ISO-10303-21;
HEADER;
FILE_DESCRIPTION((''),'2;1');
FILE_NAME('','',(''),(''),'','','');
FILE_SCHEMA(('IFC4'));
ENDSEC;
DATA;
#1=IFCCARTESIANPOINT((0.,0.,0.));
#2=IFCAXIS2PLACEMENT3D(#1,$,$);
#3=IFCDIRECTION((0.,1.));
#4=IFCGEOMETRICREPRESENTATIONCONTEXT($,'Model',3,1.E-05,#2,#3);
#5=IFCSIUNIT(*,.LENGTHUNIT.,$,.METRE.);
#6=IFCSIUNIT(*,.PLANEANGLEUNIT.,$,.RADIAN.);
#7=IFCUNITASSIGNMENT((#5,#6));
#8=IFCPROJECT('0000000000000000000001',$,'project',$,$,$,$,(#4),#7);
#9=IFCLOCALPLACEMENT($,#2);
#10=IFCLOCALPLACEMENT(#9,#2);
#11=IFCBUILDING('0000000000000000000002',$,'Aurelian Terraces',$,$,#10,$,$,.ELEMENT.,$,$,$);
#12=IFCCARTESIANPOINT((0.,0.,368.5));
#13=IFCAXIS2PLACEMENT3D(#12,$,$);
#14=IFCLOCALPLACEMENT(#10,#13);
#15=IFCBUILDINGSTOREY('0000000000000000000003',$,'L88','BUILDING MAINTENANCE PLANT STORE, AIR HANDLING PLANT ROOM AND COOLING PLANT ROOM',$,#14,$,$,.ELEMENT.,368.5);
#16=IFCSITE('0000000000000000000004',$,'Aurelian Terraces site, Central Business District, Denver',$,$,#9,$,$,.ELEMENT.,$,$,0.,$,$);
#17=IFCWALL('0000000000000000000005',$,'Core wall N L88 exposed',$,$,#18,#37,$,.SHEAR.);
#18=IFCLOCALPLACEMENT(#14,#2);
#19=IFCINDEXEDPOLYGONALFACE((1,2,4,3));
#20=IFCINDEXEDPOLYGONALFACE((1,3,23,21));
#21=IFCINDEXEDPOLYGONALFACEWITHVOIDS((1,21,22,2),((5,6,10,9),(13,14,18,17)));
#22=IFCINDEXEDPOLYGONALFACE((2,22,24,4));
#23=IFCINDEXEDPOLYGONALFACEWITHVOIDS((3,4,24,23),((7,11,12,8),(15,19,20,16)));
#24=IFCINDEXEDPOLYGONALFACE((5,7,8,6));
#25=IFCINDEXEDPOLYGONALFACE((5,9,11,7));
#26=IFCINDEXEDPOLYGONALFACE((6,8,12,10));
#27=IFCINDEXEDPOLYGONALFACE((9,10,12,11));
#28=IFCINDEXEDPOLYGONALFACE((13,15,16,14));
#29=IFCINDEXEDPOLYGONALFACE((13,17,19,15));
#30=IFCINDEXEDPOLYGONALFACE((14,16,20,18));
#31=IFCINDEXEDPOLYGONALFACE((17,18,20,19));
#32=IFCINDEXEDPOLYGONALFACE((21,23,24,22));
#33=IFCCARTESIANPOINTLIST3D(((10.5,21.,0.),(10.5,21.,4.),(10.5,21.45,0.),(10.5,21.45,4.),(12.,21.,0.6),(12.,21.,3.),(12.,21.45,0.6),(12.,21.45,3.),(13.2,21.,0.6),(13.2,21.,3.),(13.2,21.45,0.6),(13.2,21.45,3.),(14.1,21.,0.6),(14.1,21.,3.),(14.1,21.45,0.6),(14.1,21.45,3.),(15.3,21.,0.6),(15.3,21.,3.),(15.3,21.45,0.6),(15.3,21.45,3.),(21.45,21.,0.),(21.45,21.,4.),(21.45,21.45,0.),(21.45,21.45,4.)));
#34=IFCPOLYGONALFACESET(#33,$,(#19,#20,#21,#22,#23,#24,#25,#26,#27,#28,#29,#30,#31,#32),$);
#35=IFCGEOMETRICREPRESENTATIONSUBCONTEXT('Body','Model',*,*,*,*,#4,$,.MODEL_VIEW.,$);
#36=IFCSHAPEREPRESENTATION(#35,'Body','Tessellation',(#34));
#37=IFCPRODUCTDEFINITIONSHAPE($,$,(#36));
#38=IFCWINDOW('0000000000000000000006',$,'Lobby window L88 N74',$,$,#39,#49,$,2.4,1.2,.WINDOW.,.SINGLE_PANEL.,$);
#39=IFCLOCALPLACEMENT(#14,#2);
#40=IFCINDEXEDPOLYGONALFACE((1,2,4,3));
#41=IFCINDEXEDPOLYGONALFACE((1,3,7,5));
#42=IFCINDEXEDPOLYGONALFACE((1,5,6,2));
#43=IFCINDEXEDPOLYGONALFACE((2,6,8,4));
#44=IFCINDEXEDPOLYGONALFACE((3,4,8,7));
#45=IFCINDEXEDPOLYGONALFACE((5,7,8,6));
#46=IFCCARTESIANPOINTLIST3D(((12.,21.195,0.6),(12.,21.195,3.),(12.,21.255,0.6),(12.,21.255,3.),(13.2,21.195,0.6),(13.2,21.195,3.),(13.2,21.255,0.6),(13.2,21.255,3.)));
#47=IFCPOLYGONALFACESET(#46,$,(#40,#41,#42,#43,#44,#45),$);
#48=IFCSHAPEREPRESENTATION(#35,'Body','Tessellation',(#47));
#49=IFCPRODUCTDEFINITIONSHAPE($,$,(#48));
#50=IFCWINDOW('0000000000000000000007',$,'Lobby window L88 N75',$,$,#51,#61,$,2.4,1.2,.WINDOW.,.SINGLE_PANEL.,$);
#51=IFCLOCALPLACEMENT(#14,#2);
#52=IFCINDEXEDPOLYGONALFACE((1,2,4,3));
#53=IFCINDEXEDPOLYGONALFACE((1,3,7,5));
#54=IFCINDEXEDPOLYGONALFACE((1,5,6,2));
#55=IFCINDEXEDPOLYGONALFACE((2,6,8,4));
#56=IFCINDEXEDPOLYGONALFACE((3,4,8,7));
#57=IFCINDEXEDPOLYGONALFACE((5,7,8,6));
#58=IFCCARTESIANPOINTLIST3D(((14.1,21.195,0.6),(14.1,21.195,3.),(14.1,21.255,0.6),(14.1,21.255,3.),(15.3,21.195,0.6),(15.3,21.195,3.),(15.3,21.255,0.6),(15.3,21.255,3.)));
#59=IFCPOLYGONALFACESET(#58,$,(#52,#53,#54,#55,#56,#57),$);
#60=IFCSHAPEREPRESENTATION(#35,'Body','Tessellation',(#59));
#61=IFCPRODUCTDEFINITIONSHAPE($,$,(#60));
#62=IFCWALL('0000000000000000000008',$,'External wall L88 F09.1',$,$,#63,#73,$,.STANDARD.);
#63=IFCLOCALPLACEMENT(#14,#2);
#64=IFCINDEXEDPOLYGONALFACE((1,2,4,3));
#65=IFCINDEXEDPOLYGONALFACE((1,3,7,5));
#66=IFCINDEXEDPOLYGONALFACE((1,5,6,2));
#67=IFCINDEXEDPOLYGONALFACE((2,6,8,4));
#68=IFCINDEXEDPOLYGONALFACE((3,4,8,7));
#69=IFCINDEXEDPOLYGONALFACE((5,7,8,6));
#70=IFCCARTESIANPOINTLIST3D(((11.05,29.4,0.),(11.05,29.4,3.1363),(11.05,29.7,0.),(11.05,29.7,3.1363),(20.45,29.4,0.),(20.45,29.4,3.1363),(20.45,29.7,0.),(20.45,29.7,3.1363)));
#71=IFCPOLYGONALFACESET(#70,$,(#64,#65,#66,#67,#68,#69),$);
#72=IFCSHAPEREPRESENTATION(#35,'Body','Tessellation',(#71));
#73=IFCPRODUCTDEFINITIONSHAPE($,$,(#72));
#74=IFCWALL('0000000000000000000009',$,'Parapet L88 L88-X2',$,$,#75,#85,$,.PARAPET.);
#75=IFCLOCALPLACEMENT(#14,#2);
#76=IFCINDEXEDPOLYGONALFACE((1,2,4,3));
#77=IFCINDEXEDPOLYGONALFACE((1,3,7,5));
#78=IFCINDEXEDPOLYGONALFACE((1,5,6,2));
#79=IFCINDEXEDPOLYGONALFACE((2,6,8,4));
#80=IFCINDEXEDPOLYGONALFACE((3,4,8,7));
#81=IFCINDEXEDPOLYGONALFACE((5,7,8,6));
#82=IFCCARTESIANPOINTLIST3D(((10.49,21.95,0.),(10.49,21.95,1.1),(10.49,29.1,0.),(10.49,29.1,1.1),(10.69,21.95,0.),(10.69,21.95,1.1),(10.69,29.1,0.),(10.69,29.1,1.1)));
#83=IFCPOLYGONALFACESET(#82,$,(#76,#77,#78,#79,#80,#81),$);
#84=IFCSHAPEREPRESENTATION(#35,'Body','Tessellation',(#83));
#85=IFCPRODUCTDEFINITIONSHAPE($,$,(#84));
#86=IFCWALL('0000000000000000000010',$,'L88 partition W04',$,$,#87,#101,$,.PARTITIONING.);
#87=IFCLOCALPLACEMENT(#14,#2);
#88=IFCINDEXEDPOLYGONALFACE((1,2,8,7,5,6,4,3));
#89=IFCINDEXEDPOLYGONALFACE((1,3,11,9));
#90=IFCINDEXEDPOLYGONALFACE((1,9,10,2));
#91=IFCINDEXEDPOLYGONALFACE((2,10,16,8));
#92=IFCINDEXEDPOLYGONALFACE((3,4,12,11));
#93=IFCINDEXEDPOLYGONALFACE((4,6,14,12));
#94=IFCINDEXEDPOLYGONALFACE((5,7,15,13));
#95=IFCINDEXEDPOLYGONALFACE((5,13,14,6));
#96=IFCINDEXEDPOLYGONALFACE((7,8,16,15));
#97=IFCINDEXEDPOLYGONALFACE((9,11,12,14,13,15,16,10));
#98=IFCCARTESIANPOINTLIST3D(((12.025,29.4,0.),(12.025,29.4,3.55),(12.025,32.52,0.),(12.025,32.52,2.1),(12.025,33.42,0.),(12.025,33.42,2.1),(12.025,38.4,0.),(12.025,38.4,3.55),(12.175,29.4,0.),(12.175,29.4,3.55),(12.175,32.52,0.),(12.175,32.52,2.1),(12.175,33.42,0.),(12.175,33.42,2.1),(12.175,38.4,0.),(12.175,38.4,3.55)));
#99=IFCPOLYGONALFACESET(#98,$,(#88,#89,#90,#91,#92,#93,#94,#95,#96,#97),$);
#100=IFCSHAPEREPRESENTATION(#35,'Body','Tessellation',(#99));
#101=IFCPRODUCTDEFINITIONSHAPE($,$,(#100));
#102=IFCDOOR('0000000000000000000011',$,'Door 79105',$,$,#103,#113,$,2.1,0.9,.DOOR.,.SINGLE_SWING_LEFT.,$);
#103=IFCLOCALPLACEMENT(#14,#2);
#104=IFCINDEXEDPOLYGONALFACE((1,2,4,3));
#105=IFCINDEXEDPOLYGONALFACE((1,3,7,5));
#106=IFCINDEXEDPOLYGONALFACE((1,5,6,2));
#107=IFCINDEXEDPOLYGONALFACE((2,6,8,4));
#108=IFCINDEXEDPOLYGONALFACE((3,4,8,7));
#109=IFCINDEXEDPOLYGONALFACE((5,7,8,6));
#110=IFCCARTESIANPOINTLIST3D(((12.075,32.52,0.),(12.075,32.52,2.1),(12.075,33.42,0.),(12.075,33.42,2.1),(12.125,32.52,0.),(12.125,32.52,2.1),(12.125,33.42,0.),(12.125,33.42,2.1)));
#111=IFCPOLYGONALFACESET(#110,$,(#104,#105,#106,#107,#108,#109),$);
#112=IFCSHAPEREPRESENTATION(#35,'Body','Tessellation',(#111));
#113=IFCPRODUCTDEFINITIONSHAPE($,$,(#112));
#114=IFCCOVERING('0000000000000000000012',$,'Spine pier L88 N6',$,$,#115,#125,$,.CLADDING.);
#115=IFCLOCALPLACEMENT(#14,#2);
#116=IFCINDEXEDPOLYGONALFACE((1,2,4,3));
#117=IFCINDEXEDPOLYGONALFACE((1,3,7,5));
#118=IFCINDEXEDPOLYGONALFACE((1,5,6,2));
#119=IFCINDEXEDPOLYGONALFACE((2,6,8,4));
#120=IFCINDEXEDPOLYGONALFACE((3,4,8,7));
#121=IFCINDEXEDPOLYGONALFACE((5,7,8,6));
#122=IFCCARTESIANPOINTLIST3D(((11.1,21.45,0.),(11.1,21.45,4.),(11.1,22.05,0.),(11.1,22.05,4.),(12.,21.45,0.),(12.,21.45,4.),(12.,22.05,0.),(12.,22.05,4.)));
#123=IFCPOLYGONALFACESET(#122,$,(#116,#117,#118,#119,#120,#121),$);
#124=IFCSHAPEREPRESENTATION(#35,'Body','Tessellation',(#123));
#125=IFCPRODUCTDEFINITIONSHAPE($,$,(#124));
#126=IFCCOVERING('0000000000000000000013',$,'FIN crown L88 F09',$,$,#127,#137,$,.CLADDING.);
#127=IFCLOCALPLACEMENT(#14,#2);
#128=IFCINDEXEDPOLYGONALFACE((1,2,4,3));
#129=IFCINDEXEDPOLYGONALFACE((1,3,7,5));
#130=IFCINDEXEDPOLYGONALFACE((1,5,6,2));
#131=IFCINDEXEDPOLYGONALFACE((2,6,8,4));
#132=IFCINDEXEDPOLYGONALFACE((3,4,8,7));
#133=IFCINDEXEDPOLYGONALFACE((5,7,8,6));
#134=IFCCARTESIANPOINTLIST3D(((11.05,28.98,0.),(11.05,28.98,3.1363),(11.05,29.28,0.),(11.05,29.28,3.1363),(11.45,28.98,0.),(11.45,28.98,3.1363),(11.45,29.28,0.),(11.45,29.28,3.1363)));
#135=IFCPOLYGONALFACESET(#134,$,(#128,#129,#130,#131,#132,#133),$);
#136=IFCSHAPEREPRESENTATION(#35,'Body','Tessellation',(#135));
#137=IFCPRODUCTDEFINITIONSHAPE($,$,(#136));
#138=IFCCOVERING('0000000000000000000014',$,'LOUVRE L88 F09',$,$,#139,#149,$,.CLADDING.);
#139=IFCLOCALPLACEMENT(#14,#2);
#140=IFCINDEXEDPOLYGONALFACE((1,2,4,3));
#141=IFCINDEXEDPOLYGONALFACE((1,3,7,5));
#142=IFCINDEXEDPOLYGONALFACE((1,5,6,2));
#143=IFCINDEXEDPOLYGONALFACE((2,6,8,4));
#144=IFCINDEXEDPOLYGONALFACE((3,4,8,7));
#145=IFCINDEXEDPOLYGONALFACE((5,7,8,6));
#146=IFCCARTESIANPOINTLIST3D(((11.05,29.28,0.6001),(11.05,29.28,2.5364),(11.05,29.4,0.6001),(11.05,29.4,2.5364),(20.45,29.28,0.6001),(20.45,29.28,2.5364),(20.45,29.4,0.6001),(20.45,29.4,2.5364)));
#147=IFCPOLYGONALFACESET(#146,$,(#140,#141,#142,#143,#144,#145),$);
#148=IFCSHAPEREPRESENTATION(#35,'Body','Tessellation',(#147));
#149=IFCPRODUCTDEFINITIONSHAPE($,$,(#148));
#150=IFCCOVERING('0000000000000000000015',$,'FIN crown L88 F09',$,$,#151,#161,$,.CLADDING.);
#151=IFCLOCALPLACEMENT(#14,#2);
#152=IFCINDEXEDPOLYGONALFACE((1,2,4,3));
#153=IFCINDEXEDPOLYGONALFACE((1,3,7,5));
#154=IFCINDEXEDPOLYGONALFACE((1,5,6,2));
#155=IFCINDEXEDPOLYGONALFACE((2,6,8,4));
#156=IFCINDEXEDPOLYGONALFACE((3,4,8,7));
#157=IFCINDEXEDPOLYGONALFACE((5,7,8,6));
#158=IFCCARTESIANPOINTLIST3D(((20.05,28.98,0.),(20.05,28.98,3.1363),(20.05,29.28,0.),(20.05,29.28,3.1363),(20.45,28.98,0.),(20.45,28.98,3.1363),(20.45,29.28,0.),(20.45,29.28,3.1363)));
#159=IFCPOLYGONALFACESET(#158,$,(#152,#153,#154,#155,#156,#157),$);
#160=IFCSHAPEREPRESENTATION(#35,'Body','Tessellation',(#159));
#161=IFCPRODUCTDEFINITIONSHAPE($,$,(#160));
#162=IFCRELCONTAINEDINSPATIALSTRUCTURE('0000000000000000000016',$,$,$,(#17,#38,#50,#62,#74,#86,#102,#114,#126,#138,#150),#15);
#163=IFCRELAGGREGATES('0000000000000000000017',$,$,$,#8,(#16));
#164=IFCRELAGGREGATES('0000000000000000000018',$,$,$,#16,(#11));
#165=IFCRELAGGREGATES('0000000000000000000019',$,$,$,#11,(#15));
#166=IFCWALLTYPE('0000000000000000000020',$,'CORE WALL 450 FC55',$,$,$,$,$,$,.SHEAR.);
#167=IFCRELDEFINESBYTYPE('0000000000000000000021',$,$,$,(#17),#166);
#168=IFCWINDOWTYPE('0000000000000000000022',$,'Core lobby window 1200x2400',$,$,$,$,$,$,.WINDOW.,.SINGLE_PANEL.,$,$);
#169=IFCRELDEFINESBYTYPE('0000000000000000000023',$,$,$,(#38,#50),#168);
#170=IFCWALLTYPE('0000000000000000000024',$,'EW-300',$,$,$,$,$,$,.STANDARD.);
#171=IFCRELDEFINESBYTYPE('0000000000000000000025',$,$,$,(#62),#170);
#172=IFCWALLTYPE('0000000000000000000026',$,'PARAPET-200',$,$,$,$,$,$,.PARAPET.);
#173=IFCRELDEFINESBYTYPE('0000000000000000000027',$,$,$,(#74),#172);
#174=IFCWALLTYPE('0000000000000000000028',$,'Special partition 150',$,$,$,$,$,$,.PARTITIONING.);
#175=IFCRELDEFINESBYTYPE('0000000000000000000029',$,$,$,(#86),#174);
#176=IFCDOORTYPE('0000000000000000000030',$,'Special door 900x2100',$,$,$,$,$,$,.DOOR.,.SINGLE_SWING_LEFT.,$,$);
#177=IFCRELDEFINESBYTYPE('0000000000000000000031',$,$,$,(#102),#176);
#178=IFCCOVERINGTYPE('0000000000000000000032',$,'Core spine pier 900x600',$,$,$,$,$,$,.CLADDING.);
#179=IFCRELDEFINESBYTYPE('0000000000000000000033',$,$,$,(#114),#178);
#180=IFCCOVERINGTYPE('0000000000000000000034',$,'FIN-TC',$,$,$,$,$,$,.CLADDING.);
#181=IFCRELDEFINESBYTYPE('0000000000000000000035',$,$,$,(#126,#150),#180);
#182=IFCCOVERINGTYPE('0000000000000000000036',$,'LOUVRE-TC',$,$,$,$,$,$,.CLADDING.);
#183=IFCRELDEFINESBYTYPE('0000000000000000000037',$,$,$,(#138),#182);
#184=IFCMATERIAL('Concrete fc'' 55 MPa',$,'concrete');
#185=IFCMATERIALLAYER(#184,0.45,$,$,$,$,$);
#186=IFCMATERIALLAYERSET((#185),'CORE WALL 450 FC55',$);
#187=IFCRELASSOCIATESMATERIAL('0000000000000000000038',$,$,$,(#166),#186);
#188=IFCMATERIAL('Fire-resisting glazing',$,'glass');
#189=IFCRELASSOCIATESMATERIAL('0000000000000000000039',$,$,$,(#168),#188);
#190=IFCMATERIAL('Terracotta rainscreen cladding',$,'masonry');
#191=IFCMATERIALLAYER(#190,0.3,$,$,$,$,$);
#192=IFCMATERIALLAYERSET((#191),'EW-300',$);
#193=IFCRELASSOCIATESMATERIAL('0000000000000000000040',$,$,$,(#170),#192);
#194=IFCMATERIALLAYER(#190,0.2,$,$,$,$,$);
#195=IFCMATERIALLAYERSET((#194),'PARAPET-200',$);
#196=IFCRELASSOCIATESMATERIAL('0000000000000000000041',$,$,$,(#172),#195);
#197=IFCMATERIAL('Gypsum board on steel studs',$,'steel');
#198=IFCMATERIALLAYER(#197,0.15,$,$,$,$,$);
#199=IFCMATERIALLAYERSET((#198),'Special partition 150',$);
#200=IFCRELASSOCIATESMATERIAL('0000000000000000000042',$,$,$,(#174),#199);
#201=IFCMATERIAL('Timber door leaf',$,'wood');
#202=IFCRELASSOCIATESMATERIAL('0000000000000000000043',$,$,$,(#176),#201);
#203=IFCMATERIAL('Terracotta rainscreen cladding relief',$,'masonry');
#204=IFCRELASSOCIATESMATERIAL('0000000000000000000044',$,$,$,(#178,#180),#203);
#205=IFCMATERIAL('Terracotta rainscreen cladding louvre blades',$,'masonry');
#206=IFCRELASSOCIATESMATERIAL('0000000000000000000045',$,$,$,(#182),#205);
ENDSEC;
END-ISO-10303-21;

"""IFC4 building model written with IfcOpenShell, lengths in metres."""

from ifc_helpers import new_model, si_unit, direction, frame, frame_2d, origin, origin_2d, place, context, subcontext, project, spatial, rectangle, extrude, source, transform, mapped, material, layer, layer_set, type_object, element, fill, save


model = new_model("IFC4")

# Units and contexts
model_context = context("Model", 3, precision=1e-05, world=origin(), true_north=direction((0.0, 1.0)))
body_context = subcontext(model_context, "Body", "Model", "MODEL_VIEW")
ifc_project = project(units=[si_unit("LENGTHUNIT", "METRE"), si_unit("PLANEANGLEUNIT", "RADIAN")], contexts=[model_context])

# Site, building, storey
site_placement = place(None, origin())
site = spatial("IfcSite", under=ifc_project, at=site_placement, Name="Aurelian Terraces site, Central Business District, Denver", CompositionType="ELEMENT", RefElevation=0.0)
building_placement = place(site_placement, origin())
building = spatial("IfcBuilding", under=site, at=building_placement, Name="Aurelian Terraces", CompositionType="ELEMENT")
storey_placement = place(building_placement, frame((0.0, 0.0, 368.5)))
storey = spatial("IfcBuildingStorey", under=building, at=storey_placement, Name="L88", Description="BUILDING MAINTENANCE PLANT STORE, AIR HANDLING PLANT ROOM AND COOLING PLANT ROOM", CompositionType="ELEMENT", Elevation=368.5)

# Shared definitions
ifc_material_1 = material(Name="Concrete fc' 55 MPa", Category="concrete")

# Wall, openings, windows
ifc_layer_1 = layer(ifc_material_1, 0.45)
ifc_layer_set_1 = layer_set([ifc_layer_1], Name="CORE WALL 450 FC55")
wall_type_1 = type_object("IfcWallType", Name="CORE WALL 450 FC55", PredefinedType="SHEAR", material=ifc_layer_set_1)
wall_1_placement = place(storey_placement, frame((10.5, 21.225, 0.0), z_axis=(0.0, 0.0, 1.0), x_axis=(1.0, 0.0, 0.0)))
wall_1 = element("IfcWall", 1, at=wall_1_placement, inside=storey, type_object=wall_type_1, Name="Core wall N L88 exposed", PredefinedType="SHEAR", context=body_context, shape_type="SweptSolid", body=[
    extrude(rectangle(XDim=10.95, YDim=0.45, at=frame_2d((5.475, 0.0))), origin(), (0.0, 0.0, 1.0), 4.0),
])
shared_shape_1 = source(origin(), body_context, "Body", "SweptSolid", [
    extrude(rectangle(XDim=1.2, YDim=2.4, at=frame_2d((0.6, 1.2))), frame((0.0, 0.235, 0.0), z_axis=(0.0, -1.0, 0.0), x_axis=(1.0, 0.0, 0.0)), (0.0, 0.0, 1.0), 0.47),
])
opening_1_placement = place(wall_1_placement, frame((1.5, 0.0, 0.6)))
opening_1 = element("IfcOpeningElement", 2, at=opening_1_placement, cuts=wall_1, PredefinedType="OPENING", context=body_context, shape_type="MappedRepresentation", body=[
    mapped(shared_shape_1, transform((0.0, 0.0, 0.0), scale=1.0)),
])
opening_2_placement = place(wall_1_placement, frame((3.6, 0.0, 0.6)))
opening_2 = element("IfcOpeningElement", 3, at=opening_2_placement, cuts=wall_1, PredefinedType="OPENING", context=body_context, shape_type="MappedRepresentation", body=[
    mapped(shared_shape_1, transform((0.0, 0.0, 0.0), scale=1.0)),
])
ifc_material_2 = material(Name="Fire-resisting glazing", Category="glass")
window_type = type_object("IfcWindowType", Name="Core lobby window 1200x2400", PartitioningType="SINGLE_PANEL", PredefinedType="WINDOW", material=ifc_material_2)
shared_shape_2 = source(origin(), body_context, "Body", "SweptSolid", [
    extrude(rectangle(XDim=1.2, YDim=2.4, at=frame_2d((0.6, 1.2))), frame((0.0, 0.03, 0.0), z_axis=(0.0, -1.0, 0.0), x_axis=(1.0, 0.0, 0.0)), (0.0, 0.0, 1.0), 0.06),
])
window_1_placement = place(opening_1_placement, origin())
window_1 = element("IfcWindow", 4, at=window_1_placement, inside=storey, type_object=window_type, Name="Lobby window L88 N74", OverallHeight=2.4, OverallWidth=1.2, PartitioningType="SINGLE_PANEL", PredefinedType="WINDOW", context=body_context, shape_type="MappedRepresentation", body=[
    mapped(shared_shape_2, transform((0.0, 0.0, 0.0), scale=1.0)),
])
fill(opening_1, window_1)
window_2_placement = place(opening_2_placement, origin())
window_2 = element("IfcWindow", 5, at=window_2_placement, inside=storey, type_object=window_type, Name="Lobby window L88 N75", OverallHeight=2.4, OverallWidth=1.2, PartitioningType="SINGLE_PANEL", PredefinedType="WINDOW", context=body_context, shape_type="MappedRepresentation", body=[
    mapped(shared_shape_2, transform((0.0, 0.0, 0.0), scale=1.0)),
])
fill(opening_2, window_2)

# Walls
ifc_material_3 = material(Name="Terracotta rainscreen cladding", Category="masonry")
ifc_layer_2 = layer(ifc_material_3, 0.3)
ifc_layer_set_2 = layer_set([ifc_layer_2], Name="EW-300")
wall_type_2 = type_object("IfcWallType", Name="EW-300", PredefinedType="STANDARD", material=ifc_layer_set_2)
shared_shape_3 = source(origin(), body_context, "Body", "SweptSolid", [
    extrude(rectangle(XDim=9.4, YDim=0.3, at=frame_2d((4.7, 0.0))), origin(), (0.0, 0.0, 1.0), 3.1363),
])
wall_2_placement = place(storey_placement, frame((11.05, 29.55, 0.0), z_axis=(0.0, 0.0, 1.0), x_axis=(1.0, 0.0, 0.0)))
element("IfcWall", 6, at=wall_2_placement, inside=storey, type_object=wall_type_2, Name="External wall L88 F09.1", PredefinedType="STANDARD", context=body_context, shape_type="MappedRepresentation", body=[
    mapped(shared_shape_3, transform((0.0, 0.0, 0.0), scale=1.0)),
])
ifc_layer_3 = layer(ifc_material_3, 0.2)
ifc_layer_set_3 = layer_set([ifc_layer_3], Name="PARAPET-200")
wall_type_3 = type_object("IfcWallType", Name="PARAPET-200", PredefinedType="PARAPET", material=ifc_layer_set_3)
shared_shape_4 = source(origin(), body_context, "Body", "SweptSolid", [
    extrude(rectangle(XDim=7.15, YDim=0.2, at=frame_2d((3.575, 0.0))), origin(), (0.0, 0.0, 1.0), 1.1),
])
wall_3_placement = place(storey_placement, frame((10.59, 21.95, 0.0), z_axis=(0.0, 0.0, 1.0), x_axis=(0.0, 1.0, 0.0)))
element("IfcWall", 7, at=wall_3_placement, inside=storey, type_object=wall_type_3, Name="Parapet L88 L88-X2", PredefinedType="PARAPET", context=body_context, shape_type="MappedRepresentation", body=[
    mapped(shared_shape_4, transform((0.0, 0.0, 0.0), scale=1.0)),
])

# Wall, opening, door
ifc_material_4 = material(Name="Gypsum board on steel studs", Category="steel")
ifc_layer_4 = layer(ifc_material_4, 0.15)
ifc_layer_set_4 = layer_set([ifc_layer_4], Name="Special partition 150")
wall_type_4 = type_object("IfcWallType", Name="Special partition 150", PredefinedType="PARTITIONING", material=ifc_layer_set_4)
shared_shape_5 = source(origin(), body_context, "Body", "SweptSolid", [
    extrude(rectangle(XDim=9.0, YDim=0.15, at=frame_2d((4.5, 0.0))), origin(), (0.0, 0.0, 1.0), 3.55),
])
wall_4_placement = place(storey_placement, frame((12.1, 29.4, 0.0), z_axis=(0.0, 0.0, 1.0), x_axis=(0.0, 1.0, 0.0)))
wall_4 = element("IfcWall", 8, at=wall_4_placement, inside=storey, type_object=wall_type_4, Name="L88 partition W04", PredefinedType="PARTITIONING", context=body_context, shape_type="MappedRepresentation", body=[
    mapped(shared_shape_5, transform((0.0, 0.0, 0.0), scale=1.0)),
])
shared_shape_6 = source(origin(), body_context, "Body", "SweptSolid", [
    extrude(rectangle(XDim=0.9, YDim=2.1, at=frame_2d((0.45, 1.05))), frame((0.0, 0.085, 0.0), z_axis=(0.0, -1.0, 0.0), x_axis=(1.0, 0.0, 0.0)), (0.0, 0.0, 1.0), 0.17),
])
opening_3_placement = place(wall_4_placement, frame((3.12, 0.0, 0.0)))
opening_3 = element("IfcOpeningElement", 9, at=opening_3_placement, cuts=wall_4, PredefinedType="OPENING", context=body_context, shape_type="MappedRepresentation", body=[
    mapped(shared_shape_6, transform((0.0, 0.0, 0.0), scale=1.0)),
])
ifc_material_5 = material(Name="Timber door leaf", Category="wood")
door_type = type_object("IfcDoorType", Name="Special door 900x2100", OperationType="SINGLE_SWING_LEFT", PredefinedType="DOOR", material=ifc_material_5)
shared_shape_7 = source(origin(), body_context, "Body", "SweptSolid", [
    extrude(rectangle(XDim=0.9, YDim=2.1, at=frame_2d((0.45, 1.05))), frame((0.0, 0.025, 0.0), z_axis=(0.0, -1.0, 0.0), x_axis=(1.0, 0.0, 0.0)), (0.0, 0.0, 1.0), 0.05),
])
door_placement = place(opening_3_placement, origin())
door = element("IfcDoor", 10, at=door_placement, inside=storey, type_object=door_type, Name="Door 79105", OperationType="SINGLE_SWING_LEFT", OverallHeight=2.1, OverallWidth=0.9, PredefinedType="DOOR", context=body_context, shape_type="MappedRepresentation", body=[
    mapped(shared_shape_7, transform((0.0, 0.0, 0.0), scale=1.0)),
])
fill(opening_3, door)

# Coverings
ifc_material_6 = material(Name="Terracotta rainscreen cladding relief", Category="masonry")
covering_type_1 = type_object("IfcCoveringType", Name="Core spine pier 900x600", PredefinedType="CLADDING", material=ifc_material_6)
covering_1_placement = place(storey_placement, frame((11.55, 21.75, 0.0), z_axis=(0.0, 0.0, 1.0), x_axis=(1.0, 0.0, 0.0)))
element("IfcCovering", 11, at=covering_1_placement, inside=storey, type_object=covering_type_1, Name="Spine pier L88 N6", PredefinedType="CLADDING", context=body_context, shape_type="SweptSolid", body=[
    extrude(rectangle(XDim=0.9, YDim=0.6, at=origin_2d()), origin(), (0.0, 0.0, 1.0), 4.0),
])
covering_type_2 = type_object("IfcCoveringType", Name="FIN-TC", PredefinedType="CLADDING", material=ifc_material_6)
covering_2_placement = place(storey_placement, frame((11.25, 29.13, 0.0), z_axis=(0.0, 0.0, 1.0), x_axis=(1.0, 0.0, 0.0)))
element("IfcCovering", 12, at=covering_2_placement, inside=storey, type_object=covering_type_2, Name="FIN crown L88 F09", PredefinedType="CLADDING", context=body_context, shape_type="SweptSolid", body=[
    extrude(rectangle(XDim=0.4, YDim=0.3, at=origin_2d()), origin(), (0.0, 0.0, 1.0), 3.1363),
])
ifc_material_7 = material(Name="Terracotta rainscreen cladding louvre blades", Category="masonry")
covering_type_3 = type_object("IfcCoveringType", Name="LOUVRE-TC", PredefinedType="CLADDING", material=ifc_material_7)
covering_3_placement = place(storey_placement, frame((15.75, 29.34, 0.6001), z_axis=(0.0, 0.0, 1.0), x_axis=(1.0, 0.0, 0.0)))
element("IfcCovering", 13, at=covering_3_placement, inside=storey, type_object=covering_type_3, Name="LOUVRE L88 F09", PredefinedType="CLADDING", context=body_context, shape_type="SweptSolid", body=[
    extrude(rectangle(XDim=9.4, YDim=0.12, at=origin_2d()), origin(), (0.0, 0.0, 1.0), 1.9363),
])
shared_shape_8 = source(origin(), body_context, "Body", "SweptSolid", [
    extrude(rectangle(XDim=0.4, YDim=0.3, at=origin_2d()), origin(), (0.0, 0.0, 1.0), 3.1363),
])
covering_4_placement = place(storey_placement, frame((20.25, 29.13, 0.0), z_axis=(0.0, 0.0, 1.0), x_axis=(1.0, 0.0, 0.0)))
element("IfcCovering", 14, at=covering_4_placement, inside=storey, type_object=covering_type_2, Name="FIN crown L88 F09", PredefinedType="CLADDING", context=body_context, shape_type="MappedRepresentation", body=[
    mapped(shared_shape_8, transform((0.0, 0.0, 0.0), scale=1.0)),
])

save(model, "model.ifc")
